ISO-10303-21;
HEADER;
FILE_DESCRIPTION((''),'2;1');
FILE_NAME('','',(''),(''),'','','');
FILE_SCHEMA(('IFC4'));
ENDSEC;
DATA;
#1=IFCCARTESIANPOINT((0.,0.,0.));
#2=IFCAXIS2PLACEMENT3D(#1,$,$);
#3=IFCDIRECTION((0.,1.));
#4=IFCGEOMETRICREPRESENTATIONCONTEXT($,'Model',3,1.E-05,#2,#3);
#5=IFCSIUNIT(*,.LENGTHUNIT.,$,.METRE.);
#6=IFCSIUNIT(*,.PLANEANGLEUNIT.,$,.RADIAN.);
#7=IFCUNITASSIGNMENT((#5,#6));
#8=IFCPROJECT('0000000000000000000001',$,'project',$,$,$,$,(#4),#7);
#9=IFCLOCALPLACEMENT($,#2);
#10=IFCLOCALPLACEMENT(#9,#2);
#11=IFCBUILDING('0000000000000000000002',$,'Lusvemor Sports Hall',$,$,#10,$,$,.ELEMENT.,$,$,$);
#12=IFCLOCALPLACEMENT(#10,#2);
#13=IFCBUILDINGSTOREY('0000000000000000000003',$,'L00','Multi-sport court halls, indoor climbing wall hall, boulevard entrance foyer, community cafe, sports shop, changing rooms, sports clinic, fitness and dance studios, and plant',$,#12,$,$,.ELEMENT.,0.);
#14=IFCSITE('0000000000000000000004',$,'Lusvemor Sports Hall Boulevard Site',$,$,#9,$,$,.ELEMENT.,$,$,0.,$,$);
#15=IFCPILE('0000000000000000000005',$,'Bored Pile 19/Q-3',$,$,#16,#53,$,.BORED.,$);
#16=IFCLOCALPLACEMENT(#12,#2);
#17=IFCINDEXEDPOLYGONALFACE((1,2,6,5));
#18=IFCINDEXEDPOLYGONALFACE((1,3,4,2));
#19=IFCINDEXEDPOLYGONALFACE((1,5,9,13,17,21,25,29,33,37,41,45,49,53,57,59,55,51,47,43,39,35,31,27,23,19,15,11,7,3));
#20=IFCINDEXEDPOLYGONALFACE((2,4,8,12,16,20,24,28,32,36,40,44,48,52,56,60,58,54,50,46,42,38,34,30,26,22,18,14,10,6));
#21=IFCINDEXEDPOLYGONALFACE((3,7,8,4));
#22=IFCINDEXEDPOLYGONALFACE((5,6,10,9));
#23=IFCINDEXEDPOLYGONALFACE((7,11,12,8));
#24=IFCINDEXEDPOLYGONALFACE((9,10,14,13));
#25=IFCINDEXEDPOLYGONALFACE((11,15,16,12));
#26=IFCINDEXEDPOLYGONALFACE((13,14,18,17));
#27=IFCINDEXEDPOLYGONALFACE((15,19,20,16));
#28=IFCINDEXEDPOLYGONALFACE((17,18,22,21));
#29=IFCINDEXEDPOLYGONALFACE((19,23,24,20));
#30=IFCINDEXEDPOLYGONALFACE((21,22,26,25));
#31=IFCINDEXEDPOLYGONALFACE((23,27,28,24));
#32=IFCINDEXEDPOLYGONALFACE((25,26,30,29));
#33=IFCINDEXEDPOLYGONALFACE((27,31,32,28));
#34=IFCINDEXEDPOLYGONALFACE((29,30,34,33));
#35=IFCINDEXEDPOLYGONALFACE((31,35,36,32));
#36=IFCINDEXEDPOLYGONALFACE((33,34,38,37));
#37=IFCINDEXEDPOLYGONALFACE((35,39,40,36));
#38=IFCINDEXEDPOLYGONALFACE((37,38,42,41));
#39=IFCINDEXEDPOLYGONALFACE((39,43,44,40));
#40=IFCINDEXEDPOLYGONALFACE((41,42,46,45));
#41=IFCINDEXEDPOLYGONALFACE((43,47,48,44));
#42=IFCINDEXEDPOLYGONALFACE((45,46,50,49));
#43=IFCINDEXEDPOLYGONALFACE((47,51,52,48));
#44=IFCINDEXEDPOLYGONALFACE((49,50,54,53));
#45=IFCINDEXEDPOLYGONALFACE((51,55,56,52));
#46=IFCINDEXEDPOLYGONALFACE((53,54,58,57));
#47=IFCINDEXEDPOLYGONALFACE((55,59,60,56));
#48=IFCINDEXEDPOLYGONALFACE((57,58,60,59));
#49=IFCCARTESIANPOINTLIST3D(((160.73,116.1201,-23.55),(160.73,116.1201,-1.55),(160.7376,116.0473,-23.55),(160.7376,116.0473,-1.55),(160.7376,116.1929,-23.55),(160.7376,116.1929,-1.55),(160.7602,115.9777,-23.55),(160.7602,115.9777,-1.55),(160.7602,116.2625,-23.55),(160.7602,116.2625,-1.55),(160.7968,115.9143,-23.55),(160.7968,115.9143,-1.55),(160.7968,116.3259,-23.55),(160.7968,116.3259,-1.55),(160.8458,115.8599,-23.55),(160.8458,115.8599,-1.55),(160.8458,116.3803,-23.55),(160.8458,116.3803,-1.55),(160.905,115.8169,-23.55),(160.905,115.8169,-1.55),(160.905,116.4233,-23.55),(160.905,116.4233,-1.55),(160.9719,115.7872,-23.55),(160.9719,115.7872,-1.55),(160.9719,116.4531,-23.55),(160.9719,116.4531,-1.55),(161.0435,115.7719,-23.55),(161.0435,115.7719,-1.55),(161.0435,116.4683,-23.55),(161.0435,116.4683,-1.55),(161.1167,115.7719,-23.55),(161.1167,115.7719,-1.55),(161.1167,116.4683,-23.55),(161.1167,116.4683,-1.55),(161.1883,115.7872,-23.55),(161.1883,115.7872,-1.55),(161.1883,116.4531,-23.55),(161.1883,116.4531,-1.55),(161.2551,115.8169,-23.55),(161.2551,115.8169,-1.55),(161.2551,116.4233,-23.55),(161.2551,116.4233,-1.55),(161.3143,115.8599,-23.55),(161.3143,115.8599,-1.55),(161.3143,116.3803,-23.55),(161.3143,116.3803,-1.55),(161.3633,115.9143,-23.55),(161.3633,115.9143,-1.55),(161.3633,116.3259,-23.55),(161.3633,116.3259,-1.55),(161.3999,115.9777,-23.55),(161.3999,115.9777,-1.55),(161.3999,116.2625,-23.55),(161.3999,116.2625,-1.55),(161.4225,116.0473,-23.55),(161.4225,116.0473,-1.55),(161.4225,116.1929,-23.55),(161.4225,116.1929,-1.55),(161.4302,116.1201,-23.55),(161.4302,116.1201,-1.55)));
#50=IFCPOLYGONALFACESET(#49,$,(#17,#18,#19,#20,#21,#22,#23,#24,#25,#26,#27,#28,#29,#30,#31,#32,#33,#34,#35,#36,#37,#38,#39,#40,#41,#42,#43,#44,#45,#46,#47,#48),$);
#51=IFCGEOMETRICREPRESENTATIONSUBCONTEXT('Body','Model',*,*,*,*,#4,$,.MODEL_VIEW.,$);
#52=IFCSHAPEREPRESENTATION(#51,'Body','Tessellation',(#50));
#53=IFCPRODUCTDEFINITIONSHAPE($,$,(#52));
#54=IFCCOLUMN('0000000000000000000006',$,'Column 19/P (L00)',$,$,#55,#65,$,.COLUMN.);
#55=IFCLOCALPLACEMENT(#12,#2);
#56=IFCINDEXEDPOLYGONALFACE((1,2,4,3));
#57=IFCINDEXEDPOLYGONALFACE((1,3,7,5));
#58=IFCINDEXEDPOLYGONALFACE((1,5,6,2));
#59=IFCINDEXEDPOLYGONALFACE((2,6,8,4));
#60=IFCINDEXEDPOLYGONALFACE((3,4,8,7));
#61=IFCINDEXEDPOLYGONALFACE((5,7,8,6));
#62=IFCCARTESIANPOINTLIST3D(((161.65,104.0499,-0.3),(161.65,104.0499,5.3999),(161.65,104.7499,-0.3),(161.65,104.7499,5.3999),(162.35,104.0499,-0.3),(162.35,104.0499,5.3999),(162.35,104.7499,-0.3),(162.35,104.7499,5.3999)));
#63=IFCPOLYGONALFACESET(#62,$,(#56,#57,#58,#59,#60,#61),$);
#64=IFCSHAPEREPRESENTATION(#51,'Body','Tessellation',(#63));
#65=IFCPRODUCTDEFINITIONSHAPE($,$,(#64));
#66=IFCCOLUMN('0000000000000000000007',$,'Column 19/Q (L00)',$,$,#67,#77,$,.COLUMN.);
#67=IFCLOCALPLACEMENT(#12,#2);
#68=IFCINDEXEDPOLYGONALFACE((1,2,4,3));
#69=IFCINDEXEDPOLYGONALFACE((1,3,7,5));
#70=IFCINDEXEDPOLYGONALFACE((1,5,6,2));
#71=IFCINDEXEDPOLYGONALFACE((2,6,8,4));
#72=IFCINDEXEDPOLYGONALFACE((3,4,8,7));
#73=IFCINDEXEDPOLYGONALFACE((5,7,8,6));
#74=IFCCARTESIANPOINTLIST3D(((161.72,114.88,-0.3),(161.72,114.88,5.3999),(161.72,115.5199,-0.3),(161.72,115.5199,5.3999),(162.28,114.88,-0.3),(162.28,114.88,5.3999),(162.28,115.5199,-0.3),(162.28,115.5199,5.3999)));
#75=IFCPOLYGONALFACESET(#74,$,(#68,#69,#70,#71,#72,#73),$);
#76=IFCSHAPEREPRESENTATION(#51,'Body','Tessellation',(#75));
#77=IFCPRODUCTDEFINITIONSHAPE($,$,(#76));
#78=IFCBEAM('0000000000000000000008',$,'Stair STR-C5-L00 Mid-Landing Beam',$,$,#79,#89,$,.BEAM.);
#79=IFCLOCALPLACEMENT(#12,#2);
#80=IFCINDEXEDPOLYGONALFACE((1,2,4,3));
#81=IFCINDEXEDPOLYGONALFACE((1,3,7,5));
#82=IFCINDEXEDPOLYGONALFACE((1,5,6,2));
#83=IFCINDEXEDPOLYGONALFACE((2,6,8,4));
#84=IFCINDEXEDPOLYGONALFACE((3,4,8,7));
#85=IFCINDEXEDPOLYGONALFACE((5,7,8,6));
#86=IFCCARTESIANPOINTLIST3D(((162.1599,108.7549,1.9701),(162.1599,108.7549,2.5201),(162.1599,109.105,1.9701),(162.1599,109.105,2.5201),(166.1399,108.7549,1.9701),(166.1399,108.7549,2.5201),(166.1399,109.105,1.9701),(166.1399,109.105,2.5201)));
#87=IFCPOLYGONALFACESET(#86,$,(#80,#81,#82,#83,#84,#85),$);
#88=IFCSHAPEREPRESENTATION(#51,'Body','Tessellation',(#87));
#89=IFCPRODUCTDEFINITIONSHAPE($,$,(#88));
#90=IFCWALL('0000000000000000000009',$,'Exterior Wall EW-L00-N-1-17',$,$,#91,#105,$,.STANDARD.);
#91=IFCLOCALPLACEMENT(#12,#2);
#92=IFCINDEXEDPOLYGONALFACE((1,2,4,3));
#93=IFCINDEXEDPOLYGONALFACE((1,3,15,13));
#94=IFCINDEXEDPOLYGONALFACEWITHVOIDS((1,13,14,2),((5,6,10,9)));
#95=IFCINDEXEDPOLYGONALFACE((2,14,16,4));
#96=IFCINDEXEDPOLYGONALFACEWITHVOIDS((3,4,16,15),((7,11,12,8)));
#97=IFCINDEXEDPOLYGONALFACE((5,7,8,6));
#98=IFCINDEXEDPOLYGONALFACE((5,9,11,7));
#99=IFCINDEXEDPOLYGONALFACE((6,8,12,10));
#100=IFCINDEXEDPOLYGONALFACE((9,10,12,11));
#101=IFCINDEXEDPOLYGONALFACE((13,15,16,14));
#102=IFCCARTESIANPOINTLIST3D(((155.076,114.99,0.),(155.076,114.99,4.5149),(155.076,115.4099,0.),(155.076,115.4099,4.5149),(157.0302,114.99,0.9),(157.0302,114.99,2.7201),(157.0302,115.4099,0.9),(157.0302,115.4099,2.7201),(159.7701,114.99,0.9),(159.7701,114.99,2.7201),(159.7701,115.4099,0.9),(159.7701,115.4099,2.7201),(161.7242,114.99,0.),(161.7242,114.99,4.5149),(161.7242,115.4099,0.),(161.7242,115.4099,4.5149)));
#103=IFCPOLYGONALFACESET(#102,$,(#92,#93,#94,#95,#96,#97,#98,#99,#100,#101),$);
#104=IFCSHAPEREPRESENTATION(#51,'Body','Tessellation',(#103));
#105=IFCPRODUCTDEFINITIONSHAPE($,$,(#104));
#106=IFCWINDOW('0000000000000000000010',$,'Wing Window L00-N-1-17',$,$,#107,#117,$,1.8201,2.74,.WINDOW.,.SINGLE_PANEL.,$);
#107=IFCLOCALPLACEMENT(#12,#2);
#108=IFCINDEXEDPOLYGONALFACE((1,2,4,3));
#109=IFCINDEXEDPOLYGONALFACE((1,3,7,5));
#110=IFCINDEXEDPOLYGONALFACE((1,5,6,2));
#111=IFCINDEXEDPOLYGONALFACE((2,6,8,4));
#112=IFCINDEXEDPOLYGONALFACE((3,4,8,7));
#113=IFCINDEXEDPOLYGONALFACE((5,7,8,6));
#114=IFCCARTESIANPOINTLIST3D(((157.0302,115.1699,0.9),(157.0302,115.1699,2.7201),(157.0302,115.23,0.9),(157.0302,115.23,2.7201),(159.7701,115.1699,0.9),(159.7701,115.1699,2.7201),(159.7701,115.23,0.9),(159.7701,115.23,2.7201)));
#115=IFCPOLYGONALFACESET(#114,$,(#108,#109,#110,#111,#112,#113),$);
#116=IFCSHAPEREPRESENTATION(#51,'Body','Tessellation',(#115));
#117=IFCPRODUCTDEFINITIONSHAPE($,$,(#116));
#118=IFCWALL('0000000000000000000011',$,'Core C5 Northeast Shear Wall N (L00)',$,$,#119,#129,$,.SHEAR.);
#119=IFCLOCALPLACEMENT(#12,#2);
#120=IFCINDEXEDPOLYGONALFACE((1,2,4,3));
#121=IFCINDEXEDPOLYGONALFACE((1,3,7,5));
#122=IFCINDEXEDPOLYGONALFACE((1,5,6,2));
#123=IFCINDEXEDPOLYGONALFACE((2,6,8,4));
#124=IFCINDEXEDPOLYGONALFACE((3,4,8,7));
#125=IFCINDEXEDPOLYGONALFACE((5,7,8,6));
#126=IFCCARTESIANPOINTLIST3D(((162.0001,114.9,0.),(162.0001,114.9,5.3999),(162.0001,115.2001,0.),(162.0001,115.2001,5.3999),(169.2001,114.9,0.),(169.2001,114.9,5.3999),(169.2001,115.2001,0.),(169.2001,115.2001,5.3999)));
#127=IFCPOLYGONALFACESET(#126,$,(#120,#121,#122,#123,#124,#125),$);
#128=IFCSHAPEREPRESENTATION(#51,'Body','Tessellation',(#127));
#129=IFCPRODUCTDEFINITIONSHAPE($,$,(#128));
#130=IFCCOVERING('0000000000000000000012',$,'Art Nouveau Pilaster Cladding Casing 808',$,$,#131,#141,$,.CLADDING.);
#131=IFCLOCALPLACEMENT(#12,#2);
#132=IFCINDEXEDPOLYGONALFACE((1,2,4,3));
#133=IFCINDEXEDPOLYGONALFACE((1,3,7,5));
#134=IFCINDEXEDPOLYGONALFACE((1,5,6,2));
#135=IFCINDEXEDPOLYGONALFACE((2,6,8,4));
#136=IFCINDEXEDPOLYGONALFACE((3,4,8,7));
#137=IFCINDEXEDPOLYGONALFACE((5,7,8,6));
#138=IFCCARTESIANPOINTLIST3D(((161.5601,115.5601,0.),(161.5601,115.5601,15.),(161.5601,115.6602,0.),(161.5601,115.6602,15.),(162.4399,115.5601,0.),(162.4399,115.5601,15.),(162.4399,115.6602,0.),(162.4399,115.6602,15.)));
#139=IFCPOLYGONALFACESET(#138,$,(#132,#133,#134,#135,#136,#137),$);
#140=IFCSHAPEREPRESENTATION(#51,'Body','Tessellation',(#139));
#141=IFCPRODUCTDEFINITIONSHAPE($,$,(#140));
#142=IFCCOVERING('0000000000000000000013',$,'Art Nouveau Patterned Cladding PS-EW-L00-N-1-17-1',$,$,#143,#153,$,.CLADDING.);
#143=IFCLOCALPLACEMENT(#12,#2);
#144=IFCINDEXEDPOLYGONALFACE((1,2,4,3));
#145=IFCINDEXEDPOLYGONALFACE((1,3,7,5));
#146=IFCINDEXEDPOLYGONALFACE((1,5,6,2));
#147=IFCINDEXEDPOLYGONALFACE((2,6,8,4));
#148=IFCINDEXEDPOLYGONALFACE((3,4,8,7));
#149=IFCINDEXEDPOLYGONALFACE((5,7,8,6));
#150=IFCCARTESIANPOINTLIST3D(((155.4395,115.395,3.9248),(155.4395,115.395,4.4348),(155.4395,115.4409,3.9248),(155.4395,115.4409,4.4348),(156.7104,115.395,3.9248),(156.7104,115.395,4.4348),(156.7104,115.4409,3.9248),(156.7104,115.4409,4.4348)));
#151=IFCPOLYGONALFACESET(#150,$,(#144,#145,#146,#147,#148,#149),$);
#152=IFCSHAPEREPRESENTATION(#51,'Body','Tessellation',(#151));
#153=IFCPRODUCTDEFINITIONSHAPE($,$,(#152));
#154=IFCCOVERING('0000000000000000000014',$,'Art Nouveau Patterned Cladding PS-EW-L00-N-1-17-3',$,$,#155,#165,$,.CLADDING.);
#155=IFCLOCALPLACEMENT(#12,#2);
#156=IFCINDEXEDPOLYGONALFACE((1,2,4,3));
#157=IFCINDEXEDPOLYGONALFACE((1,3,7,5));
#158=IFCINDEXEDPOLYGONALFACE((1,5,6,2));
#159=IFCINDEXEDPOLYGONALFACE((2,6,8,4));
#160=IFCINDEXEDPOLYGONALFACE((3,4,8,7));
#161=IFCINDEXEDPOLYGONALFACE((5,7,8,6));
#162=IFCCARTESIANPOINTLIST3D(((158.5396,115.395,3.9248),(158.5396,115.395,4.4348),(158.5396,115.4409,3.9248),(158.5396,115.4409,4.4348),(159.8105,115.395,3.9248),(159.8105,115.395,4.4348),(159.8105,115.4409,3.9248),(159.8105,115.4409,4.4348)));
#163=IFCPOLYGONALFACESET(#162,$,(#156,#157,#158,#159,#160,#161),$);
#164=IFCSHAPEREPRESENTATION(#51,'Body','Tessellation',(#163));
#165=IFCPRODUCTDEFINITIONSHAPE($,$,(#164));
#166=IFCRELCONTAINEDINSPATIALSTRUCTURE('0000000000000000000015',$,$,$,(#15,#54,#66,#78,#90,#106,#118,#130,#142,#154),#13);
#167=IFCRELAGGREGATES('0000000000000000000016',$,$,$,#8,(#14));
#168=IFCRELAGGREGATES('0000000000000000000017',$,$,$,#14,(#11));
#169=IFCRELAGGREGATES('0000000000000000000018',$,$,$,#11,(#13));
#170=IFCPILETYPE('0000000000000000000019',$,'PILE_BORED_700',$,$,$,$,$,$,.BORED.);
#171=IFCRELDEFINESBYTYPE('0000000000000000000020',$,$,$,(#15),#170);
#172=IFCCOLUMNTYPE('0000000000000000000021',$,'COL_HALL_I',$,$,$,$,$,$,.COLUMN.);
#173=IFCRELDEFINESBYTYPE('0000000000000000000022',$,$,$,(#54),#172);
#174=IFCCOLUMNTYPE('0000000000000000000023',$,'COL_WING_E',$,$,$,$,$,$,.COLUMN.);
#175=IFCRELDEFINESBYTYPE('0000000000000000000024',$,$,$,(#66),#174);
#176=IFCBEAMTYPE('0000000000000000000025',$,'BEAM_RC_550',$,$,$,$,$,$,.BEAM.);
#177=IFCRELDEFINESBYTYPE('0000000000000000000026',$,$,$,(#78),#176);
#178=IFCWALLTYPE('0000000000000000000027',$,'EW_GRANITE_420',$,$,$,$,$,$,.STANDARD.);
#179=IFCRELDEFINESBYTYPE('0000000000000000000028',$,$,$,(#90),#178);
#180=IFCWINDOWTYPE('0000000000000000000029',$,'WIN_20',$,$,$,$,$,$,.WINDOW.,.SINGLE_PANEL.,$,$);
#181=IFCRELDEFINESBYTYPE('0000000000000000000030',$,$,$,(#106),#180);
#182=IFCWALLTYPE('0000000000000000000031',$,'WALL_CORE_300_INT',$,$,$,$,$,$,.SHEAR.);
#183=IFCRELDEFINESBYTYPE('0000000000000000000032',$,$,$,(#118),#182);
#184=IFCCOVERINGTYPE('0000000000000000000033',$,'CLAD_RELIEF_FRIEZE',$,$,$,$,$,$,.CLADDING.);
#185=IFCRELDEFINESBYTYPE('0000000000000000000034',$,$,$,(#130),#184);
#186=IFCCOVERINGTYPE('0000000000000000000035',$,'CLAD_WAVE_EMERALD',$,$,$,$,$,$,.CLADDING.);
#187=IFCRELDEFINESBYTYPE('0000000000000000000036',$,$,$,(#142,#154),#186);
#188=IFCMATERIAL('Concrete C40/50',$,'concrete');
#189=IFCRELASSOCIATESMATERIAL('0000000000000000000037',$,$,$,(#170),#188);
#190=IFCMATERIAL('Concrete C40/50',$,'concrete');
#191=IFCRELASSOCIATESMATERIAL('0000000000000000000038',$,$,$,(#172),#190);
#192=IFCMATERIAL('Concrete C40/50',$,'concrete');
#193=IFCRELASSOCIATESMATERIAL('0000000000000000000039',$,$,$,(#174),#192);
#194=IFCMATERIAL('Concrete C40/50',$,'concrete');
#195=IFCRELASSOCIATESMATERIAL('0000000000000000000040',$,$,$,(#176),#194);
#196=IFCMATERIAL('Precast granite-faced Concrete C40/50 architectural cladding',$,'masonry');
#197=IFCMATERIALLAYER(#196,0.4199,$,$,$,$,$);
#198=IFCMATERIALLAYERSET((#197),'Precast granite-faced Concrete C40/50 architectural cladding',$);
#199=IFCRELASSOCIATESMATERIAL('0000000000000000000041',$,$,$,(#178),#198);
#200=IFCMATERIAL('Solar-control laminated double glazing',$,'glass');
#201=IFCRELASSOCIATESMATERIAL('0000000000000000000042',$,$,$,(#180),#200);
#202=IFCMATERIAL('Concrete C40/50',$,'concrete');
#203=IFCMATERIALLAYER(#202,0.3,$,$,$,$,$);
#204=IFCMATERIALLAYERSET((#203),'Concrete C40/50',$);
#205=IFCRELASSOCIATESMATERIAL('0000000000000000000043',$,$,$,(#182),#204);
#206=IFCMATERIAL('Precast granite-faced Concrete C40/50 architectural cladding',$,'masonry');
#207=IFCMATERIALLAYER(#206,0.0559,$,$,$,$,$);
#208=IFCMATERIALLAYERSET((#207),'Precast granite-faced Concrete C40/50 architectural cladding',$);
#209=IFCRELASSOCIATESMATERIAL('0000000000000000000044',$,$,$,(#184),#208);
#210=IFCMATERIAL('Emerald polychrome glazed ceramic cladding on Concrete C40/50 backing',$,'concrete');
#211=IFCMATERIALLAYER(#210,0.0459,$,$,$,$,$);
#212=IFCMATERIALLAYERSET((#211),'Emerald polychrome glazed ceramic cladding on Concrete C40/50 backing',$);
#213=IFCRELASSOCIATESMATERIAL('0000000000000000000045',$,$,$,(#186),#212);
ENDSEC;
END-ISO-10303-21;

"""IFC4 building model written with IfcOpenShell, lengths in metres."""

from ifc_helpers import new_model, si_unit, direction, frame, frame_2d, origin, origin_2d, place, context, subcontext, project, spatial, rectangle, circle, extrude, material, layer, layer_set, material_profile, profile_set, type_object, element, fill, save


model = new_model("IFC4")

# Units and contexts
model_context = context("Model", 3, precision=1e-05, world=origin(), true_north=direction((0.0, 1.0)))
body_context = subcontext(model_context, "Body", "Model", "MODEL_VIEW")
ifc_project = project(units=[si_unit("LENGTHUNIT", "METRE"), si_unit("PLANEANGLEUNIT", "RADIAN")], contexts=[model_context])

# Site, building, storey
site_placement = place(None, origin())
site = spatial("IfcSite", under=ifc_project, at=site_placement, Name="Lusvemor Sports Hall Boulevard Site", CompositionType="ELEMENT", RefElevation=0.0)
building_placement = place(site_placement, origin())
building = spatial("IfcBuilding", under=site, at=building_placement, Name="Lusvemor Sports Hall", CompositionType="ELEMENT")
storey_placement = place(building_placement, origin())
storey = spatial("IfcBuildingStorey", under=building, at=storey_placement, Name="L00", Description="Multi-sport court halls, indoor climbing wall hall, boulevard entrance foyer, community cafe, sports shop, changing rooms, sports clinic, fitness and dance studios, and plant", CompositionType="ELEMENT", Elevation=0.0)

# Pile
ifc_material_1 = material(Name="Concrete C40/50", Category="concrete")
ifc_material_profile_1 = material_profile(ifc_material_1, circle(Radius=0.3501, at=origin_2d()), Name="PILE700")
ifc_profile_set_1 = profile_set([ifc_material_profile_1], Name="Concrete C40/50")
pile_type = type_object("IfcPileType", Name="PILE_BORED_700", PredefinedType="BORED", material=ifc_profile_set_1)
for number, where, z_axis, x_axis, name in (
    (1, (161.0801, 116.1201, -1.55), (0.0, 0.0, -1.0), (1.0, 0.0, 0.0), "Bored Pile 19/Q-3"),
):
    element("IfcPile", number, at=place(storey_placement, frame(where, z_axis=z_axis, x_axis=x_axis)), inside=storey, type_object=pile_type, Name=name, PredefinedType="BORED", context=body_context, shape_type="SweptSolid", body=[
        extrude(circle(Radius=0.3501, at=origin_2d()), origin(), (0.0, 0.0, 1.0), 22.0),
    ])

# Columns
ifc_material_2 = material(Name="Concrete C40/50", Category="concrete")
ifc_material_profile_2 = material_profile(ifc_material_2, rectangle(XDim=0.7, YDim=0.7, at=origin_2d()), Name="RC700x700")
ifc_profile_set_2 = profile_set([ifc_material_profile_2], Name="Concrete C40/50")
column_type_1 = type_object("IfcColumnType", Name="COL_HALL_I", PredefinedType="COLUMN", material=ifc_profile_set_2)
column_1_placement = place(storey_placement, frame((162.0, 104.3999, -0.3), z_axis=(0.0, 0.0, 1.0), x_axis=(1.0, 0.0, 0.0)))
element("IfcColumn", 2, at=column_1_placement, inside=storey, type_object=column_type_1, Name="Column 19/P (L00)", PredefinedType="COLUMN", context=body_context, shape_type="SweptSolid", body=[
    extrude(rectangle(XDim=0.7, YDim=0.7, at=origin_2d()), origin(), (0.0, 0.0, 1.0), 5.7),
])
ifc_material_3 = material(Name="Concrete C40/50", Category="concrete")
ifc_material_profile_3 = material_profile(ifc_material_3, rectangle(XDim=0.5601, YDim=0.6399, at=origin_2d()), Name="RC560x640")
ifc_profile_set_3 = profile_set([ifc_material_profile_3], Name="Concrete C40/50")
column_type_2 = type_object("IfcColumnType", Name="COL_WING_E", PredefinedType="COLUMN", material=ifc_profile_set_3)
column_2_placement = place(storey_placement, frame((162.0, 115.2, -0.3), z_axis=(0.0, 0.0, 1.0), x_axis=(1.0, 0.0, 0.0)))
element("IfcColumn", 3, at=column_2_placement, inside=storey, type_object=column_type_2, Name="Column 19/Q (L00)", PredefinedType="COLUMN", context=body_context, shape_type="SweptSolid", body=[
    extrude(rectangle(XDim=0.5601, YDim=0.6399, at=origin_2d()), origin(), (0.0, 0.0, 1.0), 5.7),
])

# Beam
ifc_material_4 = material(Name="Concrete C40/50", Category="concrete")
ifc_material_profile_4 = material_profile(ifc_material_4, rectangle(XDim=0.3501, YDim=0.55, at=origin_2d()), Name="RC350x550")
ifc_profile_set_4 = profile_set([ifc_material_profile_4], Name="Concrete C40/50")
beam_type = type_object("IfcBeamType", Name="BEAM_RC_550", PredefinedType="BEAM", material=ifc_profile_set_4)
beam_placement = place(storey_placement, frame((162.1599, 108.9299, 2.2451), z_axis=(1.0, 0.0, 0.0), x_axis=(0.0, 1.0, 0.0)))
element("IfcBeam", 4, at=beam_placement, inside=storey, type_object=beam_type, Name="Stair STR-C5-L00 Mid-Landing Beam", PredefinedType="BEAM", context=body_context, shape_type="SweptSolid", body=[
    extrude(rectangle(XDim=0.3501, YDim=0.55, at=origin_2d()), origin(), (0.0, 0.0, 1.0), 3.98),
])

# Wall, opening, window
ifc_material_5 = material(Name="Precast granite-faced Concrete C40/50 architectural cladding", Category="masonry")
ifc_layer_1 = layer(ifc_material_5, 0.4199)
ifc_layer_set_1 = layer_set([ifc_layer_1], Name="Precast granite-faced Concrete C40/50 architectural cladding")
wall_type_1 = type_object("IfcWallType", Name="EW_GRANITE_420", PredefinedType="STANDARD", material=ifc_layer_set_1)
wall_1_placement = place(storey_placement, frame((155.0759, 115.2, 0.0), z_axis=(0.0, 0.0, 1.0), x_axis=(1.0, 0.0, 0.0)))
wall_1 = element("IfcWall", 5, at=wall_1_placement, inside=storey, type_object=wall_type_1, Name="Exterior Wall EW-L00-N-1-17", PredefinedType="STANDARD", context=body_context, shape_type="SweptSolid", body=[
    extrude(rectangle(XDim=6.6482, YDim=0.4199, at=frame_2d((3.3242, 0.0))), origin(), (0.0, 0.0, 1.0), 4.5149),
])
opening_1_placement = place(wall_1_placement, frame((1.9541, 0.0, 0.8999)))
opening_1 = element("IfcOpeningElement", 6, at=opening_1_placement, cuts=wall_1, PredefinedType="OPENING", context=body_context, shape_type="SweptSolid", body=[
    extrude(rectangle(XDim=2.74, YDim=1.8201, at=frame_2d((1.3701, 0.9102))), frame((0.0, 0.21, 0.0), z_axis=(0.0, -1.0, 0.0), x_axis=(1.0, 0.0, 0.0)), (0.0, 0.0, 1.0), 0.4199),
])
ifc_material_6 = material(Name="Solar-control laminated double glazing", Category="glass")
window_type = type_object("IfcWindowType", Name="WIN_20", PartitioningType="SINGLE_PANEL", PredefinedType="WINDOW", material=ifc_material_6)
window_placement = place(opening_1_placement, origin())
window = element("IfcWindow", 7, at=window_placement, inside=storey, type_object=window_type, Name="Wing Window L00-N-1-17", OverallHeight=1.8201, OverallWidth=2.74, PartitioningType="SINGLE_PANEL", PredefinedType="WINDOW", context=body_context, shape_type="SweptSolid", body=[
    extrude(rectangle(XDim=2.74, YDim=1.8201, at=frame_2d((1.3701, 0.9102))), frame((0.0, 0.03, 0.0), z_axis=(0.0, -1.0, 0.0), x_axis=(1.0, 0.0, 0.0)), (0.0, 0.0, 1.0), 0.0601),
])
fill(opening_1, window)

# Wall
ifc_material_7 = material(Name="Concrete C40/50", Category="concrete")
ifc_layer_2 = layer(ifc_material_7, 0.3)
ifc_layer_set_2 = layer_set([ifc_layer_2], Name="Concrete C40/50")
wall_type_2 = type_object("IfcWallType", Name="WALL_CORE_300_INT", PredefinedType="SHEAR", material=ifc_layer_set_2)
wall_2_placement = place(storey_placement, frame((162.0, 115.05, 0.0), z_axis=(0.0, 0.0, 1.0), x_axis=(1.0, 0.0, 0.0)))
element("IfcWall", 8, at=wall_2_placement, inside=storey, type_object=wall_type_2, Name="Core C5 Northeast Shear Wall N (L00)", PredefinedType="SHEAR", context=body_context, shape_type="SweptSolid", body=[
    extrude(rectangle(XDim=7.2, YDim=0.3, at=frame_2d((3.6001, 0.0))), origin(), (0.0, 0.0, 1.0), 5.3999),
])

# Coverings
ifc_material_8 = material(Name="Precast granite-faced Concrete C40/50 architectural cladding", Category="masonry")
ifc_layer_3 = layer(ifc_material_8, 0.0559)
ifc_layer_set_3 = layer_set([ifc_layer_3], Name="Precast granite-faced Concrete C40/50 architectural cladding")
covering_type_1 = type_object("IfcCoveringType", Name="CLAD_RELIEF_FRIEZE", PredefinedType="CLADDING", material=ifc_layer_set_3)
covering_1_placement = place(storey_placement, frame((162.0, 115.6101, 0.0), z_axis=(0.0, 0.0, 1.0), x_axis=(1.0, 0.0, 0.0)))
element("IfcCovering", 9, at=covering_1_placement, inside=storey, type_object=covering_type_1, Name="Art Nouveau Pilaster Cladding Casing 808", PredefinedType="CLADDING", context=body_context, shape_type="SweptSolid", body=[
    extrude(rectangle(XDim=0.8799, YDim=0.1001, at=origin_2d()), origin(), (0.0, 0.0, 1.0), 15.0),
])
ifc_material_9 = material(Name="Emerald polychrome glazed ceramic cladding on Concrete C40/50 backing", Category="concrete")
ifc_layer_4 = layer(ifc_material_9, 0.0459)
ifc_layer_set_4 = layer_set([ifc_layer_4], Name="Emerald polychrome glazed ceramic cladding on Concrete C40/50 backing")
covering_type_2 = type_object("IfcCoveringType", Name="CLAD_WAVE_EMERALD", PredefinedType="CLADDING", material=ifc_layer_set_4)
for number, where, z_axis, x_axis, name in (
    (10, (156.075, 115.418, 3.9248), (0.0, 0.0, 1.0), (1.0, 0.0, 0.0), "Art Nouveau Patterned Cladding PS-EW-L00-N-1-17-1"),
    (11, (159.175, 115.418, 3.9248), (0.0, 0.0, 1.0), (1.0, 0.0, 0.0), "Art Nouveau Patterned Cladding PS-EW-L00-N-1-17-3"),
):
    element("IfcCovering", number, at=place(storey_placement, frame(where, z_axis=z_axis, x_axis=x_axis)), inside=storey, type_object=covering_type_2, Name=name, PredefinedType="CLADDING", context=body_context, shape_type="SweptSolid", body=[
        extrude(rectangle(XDim=1.271, YDim=0.0459, at=origin_2d()), origin(), (0.0, 0.0, 1.0), 0.51),
    ])

save(model, "model.ifc")
